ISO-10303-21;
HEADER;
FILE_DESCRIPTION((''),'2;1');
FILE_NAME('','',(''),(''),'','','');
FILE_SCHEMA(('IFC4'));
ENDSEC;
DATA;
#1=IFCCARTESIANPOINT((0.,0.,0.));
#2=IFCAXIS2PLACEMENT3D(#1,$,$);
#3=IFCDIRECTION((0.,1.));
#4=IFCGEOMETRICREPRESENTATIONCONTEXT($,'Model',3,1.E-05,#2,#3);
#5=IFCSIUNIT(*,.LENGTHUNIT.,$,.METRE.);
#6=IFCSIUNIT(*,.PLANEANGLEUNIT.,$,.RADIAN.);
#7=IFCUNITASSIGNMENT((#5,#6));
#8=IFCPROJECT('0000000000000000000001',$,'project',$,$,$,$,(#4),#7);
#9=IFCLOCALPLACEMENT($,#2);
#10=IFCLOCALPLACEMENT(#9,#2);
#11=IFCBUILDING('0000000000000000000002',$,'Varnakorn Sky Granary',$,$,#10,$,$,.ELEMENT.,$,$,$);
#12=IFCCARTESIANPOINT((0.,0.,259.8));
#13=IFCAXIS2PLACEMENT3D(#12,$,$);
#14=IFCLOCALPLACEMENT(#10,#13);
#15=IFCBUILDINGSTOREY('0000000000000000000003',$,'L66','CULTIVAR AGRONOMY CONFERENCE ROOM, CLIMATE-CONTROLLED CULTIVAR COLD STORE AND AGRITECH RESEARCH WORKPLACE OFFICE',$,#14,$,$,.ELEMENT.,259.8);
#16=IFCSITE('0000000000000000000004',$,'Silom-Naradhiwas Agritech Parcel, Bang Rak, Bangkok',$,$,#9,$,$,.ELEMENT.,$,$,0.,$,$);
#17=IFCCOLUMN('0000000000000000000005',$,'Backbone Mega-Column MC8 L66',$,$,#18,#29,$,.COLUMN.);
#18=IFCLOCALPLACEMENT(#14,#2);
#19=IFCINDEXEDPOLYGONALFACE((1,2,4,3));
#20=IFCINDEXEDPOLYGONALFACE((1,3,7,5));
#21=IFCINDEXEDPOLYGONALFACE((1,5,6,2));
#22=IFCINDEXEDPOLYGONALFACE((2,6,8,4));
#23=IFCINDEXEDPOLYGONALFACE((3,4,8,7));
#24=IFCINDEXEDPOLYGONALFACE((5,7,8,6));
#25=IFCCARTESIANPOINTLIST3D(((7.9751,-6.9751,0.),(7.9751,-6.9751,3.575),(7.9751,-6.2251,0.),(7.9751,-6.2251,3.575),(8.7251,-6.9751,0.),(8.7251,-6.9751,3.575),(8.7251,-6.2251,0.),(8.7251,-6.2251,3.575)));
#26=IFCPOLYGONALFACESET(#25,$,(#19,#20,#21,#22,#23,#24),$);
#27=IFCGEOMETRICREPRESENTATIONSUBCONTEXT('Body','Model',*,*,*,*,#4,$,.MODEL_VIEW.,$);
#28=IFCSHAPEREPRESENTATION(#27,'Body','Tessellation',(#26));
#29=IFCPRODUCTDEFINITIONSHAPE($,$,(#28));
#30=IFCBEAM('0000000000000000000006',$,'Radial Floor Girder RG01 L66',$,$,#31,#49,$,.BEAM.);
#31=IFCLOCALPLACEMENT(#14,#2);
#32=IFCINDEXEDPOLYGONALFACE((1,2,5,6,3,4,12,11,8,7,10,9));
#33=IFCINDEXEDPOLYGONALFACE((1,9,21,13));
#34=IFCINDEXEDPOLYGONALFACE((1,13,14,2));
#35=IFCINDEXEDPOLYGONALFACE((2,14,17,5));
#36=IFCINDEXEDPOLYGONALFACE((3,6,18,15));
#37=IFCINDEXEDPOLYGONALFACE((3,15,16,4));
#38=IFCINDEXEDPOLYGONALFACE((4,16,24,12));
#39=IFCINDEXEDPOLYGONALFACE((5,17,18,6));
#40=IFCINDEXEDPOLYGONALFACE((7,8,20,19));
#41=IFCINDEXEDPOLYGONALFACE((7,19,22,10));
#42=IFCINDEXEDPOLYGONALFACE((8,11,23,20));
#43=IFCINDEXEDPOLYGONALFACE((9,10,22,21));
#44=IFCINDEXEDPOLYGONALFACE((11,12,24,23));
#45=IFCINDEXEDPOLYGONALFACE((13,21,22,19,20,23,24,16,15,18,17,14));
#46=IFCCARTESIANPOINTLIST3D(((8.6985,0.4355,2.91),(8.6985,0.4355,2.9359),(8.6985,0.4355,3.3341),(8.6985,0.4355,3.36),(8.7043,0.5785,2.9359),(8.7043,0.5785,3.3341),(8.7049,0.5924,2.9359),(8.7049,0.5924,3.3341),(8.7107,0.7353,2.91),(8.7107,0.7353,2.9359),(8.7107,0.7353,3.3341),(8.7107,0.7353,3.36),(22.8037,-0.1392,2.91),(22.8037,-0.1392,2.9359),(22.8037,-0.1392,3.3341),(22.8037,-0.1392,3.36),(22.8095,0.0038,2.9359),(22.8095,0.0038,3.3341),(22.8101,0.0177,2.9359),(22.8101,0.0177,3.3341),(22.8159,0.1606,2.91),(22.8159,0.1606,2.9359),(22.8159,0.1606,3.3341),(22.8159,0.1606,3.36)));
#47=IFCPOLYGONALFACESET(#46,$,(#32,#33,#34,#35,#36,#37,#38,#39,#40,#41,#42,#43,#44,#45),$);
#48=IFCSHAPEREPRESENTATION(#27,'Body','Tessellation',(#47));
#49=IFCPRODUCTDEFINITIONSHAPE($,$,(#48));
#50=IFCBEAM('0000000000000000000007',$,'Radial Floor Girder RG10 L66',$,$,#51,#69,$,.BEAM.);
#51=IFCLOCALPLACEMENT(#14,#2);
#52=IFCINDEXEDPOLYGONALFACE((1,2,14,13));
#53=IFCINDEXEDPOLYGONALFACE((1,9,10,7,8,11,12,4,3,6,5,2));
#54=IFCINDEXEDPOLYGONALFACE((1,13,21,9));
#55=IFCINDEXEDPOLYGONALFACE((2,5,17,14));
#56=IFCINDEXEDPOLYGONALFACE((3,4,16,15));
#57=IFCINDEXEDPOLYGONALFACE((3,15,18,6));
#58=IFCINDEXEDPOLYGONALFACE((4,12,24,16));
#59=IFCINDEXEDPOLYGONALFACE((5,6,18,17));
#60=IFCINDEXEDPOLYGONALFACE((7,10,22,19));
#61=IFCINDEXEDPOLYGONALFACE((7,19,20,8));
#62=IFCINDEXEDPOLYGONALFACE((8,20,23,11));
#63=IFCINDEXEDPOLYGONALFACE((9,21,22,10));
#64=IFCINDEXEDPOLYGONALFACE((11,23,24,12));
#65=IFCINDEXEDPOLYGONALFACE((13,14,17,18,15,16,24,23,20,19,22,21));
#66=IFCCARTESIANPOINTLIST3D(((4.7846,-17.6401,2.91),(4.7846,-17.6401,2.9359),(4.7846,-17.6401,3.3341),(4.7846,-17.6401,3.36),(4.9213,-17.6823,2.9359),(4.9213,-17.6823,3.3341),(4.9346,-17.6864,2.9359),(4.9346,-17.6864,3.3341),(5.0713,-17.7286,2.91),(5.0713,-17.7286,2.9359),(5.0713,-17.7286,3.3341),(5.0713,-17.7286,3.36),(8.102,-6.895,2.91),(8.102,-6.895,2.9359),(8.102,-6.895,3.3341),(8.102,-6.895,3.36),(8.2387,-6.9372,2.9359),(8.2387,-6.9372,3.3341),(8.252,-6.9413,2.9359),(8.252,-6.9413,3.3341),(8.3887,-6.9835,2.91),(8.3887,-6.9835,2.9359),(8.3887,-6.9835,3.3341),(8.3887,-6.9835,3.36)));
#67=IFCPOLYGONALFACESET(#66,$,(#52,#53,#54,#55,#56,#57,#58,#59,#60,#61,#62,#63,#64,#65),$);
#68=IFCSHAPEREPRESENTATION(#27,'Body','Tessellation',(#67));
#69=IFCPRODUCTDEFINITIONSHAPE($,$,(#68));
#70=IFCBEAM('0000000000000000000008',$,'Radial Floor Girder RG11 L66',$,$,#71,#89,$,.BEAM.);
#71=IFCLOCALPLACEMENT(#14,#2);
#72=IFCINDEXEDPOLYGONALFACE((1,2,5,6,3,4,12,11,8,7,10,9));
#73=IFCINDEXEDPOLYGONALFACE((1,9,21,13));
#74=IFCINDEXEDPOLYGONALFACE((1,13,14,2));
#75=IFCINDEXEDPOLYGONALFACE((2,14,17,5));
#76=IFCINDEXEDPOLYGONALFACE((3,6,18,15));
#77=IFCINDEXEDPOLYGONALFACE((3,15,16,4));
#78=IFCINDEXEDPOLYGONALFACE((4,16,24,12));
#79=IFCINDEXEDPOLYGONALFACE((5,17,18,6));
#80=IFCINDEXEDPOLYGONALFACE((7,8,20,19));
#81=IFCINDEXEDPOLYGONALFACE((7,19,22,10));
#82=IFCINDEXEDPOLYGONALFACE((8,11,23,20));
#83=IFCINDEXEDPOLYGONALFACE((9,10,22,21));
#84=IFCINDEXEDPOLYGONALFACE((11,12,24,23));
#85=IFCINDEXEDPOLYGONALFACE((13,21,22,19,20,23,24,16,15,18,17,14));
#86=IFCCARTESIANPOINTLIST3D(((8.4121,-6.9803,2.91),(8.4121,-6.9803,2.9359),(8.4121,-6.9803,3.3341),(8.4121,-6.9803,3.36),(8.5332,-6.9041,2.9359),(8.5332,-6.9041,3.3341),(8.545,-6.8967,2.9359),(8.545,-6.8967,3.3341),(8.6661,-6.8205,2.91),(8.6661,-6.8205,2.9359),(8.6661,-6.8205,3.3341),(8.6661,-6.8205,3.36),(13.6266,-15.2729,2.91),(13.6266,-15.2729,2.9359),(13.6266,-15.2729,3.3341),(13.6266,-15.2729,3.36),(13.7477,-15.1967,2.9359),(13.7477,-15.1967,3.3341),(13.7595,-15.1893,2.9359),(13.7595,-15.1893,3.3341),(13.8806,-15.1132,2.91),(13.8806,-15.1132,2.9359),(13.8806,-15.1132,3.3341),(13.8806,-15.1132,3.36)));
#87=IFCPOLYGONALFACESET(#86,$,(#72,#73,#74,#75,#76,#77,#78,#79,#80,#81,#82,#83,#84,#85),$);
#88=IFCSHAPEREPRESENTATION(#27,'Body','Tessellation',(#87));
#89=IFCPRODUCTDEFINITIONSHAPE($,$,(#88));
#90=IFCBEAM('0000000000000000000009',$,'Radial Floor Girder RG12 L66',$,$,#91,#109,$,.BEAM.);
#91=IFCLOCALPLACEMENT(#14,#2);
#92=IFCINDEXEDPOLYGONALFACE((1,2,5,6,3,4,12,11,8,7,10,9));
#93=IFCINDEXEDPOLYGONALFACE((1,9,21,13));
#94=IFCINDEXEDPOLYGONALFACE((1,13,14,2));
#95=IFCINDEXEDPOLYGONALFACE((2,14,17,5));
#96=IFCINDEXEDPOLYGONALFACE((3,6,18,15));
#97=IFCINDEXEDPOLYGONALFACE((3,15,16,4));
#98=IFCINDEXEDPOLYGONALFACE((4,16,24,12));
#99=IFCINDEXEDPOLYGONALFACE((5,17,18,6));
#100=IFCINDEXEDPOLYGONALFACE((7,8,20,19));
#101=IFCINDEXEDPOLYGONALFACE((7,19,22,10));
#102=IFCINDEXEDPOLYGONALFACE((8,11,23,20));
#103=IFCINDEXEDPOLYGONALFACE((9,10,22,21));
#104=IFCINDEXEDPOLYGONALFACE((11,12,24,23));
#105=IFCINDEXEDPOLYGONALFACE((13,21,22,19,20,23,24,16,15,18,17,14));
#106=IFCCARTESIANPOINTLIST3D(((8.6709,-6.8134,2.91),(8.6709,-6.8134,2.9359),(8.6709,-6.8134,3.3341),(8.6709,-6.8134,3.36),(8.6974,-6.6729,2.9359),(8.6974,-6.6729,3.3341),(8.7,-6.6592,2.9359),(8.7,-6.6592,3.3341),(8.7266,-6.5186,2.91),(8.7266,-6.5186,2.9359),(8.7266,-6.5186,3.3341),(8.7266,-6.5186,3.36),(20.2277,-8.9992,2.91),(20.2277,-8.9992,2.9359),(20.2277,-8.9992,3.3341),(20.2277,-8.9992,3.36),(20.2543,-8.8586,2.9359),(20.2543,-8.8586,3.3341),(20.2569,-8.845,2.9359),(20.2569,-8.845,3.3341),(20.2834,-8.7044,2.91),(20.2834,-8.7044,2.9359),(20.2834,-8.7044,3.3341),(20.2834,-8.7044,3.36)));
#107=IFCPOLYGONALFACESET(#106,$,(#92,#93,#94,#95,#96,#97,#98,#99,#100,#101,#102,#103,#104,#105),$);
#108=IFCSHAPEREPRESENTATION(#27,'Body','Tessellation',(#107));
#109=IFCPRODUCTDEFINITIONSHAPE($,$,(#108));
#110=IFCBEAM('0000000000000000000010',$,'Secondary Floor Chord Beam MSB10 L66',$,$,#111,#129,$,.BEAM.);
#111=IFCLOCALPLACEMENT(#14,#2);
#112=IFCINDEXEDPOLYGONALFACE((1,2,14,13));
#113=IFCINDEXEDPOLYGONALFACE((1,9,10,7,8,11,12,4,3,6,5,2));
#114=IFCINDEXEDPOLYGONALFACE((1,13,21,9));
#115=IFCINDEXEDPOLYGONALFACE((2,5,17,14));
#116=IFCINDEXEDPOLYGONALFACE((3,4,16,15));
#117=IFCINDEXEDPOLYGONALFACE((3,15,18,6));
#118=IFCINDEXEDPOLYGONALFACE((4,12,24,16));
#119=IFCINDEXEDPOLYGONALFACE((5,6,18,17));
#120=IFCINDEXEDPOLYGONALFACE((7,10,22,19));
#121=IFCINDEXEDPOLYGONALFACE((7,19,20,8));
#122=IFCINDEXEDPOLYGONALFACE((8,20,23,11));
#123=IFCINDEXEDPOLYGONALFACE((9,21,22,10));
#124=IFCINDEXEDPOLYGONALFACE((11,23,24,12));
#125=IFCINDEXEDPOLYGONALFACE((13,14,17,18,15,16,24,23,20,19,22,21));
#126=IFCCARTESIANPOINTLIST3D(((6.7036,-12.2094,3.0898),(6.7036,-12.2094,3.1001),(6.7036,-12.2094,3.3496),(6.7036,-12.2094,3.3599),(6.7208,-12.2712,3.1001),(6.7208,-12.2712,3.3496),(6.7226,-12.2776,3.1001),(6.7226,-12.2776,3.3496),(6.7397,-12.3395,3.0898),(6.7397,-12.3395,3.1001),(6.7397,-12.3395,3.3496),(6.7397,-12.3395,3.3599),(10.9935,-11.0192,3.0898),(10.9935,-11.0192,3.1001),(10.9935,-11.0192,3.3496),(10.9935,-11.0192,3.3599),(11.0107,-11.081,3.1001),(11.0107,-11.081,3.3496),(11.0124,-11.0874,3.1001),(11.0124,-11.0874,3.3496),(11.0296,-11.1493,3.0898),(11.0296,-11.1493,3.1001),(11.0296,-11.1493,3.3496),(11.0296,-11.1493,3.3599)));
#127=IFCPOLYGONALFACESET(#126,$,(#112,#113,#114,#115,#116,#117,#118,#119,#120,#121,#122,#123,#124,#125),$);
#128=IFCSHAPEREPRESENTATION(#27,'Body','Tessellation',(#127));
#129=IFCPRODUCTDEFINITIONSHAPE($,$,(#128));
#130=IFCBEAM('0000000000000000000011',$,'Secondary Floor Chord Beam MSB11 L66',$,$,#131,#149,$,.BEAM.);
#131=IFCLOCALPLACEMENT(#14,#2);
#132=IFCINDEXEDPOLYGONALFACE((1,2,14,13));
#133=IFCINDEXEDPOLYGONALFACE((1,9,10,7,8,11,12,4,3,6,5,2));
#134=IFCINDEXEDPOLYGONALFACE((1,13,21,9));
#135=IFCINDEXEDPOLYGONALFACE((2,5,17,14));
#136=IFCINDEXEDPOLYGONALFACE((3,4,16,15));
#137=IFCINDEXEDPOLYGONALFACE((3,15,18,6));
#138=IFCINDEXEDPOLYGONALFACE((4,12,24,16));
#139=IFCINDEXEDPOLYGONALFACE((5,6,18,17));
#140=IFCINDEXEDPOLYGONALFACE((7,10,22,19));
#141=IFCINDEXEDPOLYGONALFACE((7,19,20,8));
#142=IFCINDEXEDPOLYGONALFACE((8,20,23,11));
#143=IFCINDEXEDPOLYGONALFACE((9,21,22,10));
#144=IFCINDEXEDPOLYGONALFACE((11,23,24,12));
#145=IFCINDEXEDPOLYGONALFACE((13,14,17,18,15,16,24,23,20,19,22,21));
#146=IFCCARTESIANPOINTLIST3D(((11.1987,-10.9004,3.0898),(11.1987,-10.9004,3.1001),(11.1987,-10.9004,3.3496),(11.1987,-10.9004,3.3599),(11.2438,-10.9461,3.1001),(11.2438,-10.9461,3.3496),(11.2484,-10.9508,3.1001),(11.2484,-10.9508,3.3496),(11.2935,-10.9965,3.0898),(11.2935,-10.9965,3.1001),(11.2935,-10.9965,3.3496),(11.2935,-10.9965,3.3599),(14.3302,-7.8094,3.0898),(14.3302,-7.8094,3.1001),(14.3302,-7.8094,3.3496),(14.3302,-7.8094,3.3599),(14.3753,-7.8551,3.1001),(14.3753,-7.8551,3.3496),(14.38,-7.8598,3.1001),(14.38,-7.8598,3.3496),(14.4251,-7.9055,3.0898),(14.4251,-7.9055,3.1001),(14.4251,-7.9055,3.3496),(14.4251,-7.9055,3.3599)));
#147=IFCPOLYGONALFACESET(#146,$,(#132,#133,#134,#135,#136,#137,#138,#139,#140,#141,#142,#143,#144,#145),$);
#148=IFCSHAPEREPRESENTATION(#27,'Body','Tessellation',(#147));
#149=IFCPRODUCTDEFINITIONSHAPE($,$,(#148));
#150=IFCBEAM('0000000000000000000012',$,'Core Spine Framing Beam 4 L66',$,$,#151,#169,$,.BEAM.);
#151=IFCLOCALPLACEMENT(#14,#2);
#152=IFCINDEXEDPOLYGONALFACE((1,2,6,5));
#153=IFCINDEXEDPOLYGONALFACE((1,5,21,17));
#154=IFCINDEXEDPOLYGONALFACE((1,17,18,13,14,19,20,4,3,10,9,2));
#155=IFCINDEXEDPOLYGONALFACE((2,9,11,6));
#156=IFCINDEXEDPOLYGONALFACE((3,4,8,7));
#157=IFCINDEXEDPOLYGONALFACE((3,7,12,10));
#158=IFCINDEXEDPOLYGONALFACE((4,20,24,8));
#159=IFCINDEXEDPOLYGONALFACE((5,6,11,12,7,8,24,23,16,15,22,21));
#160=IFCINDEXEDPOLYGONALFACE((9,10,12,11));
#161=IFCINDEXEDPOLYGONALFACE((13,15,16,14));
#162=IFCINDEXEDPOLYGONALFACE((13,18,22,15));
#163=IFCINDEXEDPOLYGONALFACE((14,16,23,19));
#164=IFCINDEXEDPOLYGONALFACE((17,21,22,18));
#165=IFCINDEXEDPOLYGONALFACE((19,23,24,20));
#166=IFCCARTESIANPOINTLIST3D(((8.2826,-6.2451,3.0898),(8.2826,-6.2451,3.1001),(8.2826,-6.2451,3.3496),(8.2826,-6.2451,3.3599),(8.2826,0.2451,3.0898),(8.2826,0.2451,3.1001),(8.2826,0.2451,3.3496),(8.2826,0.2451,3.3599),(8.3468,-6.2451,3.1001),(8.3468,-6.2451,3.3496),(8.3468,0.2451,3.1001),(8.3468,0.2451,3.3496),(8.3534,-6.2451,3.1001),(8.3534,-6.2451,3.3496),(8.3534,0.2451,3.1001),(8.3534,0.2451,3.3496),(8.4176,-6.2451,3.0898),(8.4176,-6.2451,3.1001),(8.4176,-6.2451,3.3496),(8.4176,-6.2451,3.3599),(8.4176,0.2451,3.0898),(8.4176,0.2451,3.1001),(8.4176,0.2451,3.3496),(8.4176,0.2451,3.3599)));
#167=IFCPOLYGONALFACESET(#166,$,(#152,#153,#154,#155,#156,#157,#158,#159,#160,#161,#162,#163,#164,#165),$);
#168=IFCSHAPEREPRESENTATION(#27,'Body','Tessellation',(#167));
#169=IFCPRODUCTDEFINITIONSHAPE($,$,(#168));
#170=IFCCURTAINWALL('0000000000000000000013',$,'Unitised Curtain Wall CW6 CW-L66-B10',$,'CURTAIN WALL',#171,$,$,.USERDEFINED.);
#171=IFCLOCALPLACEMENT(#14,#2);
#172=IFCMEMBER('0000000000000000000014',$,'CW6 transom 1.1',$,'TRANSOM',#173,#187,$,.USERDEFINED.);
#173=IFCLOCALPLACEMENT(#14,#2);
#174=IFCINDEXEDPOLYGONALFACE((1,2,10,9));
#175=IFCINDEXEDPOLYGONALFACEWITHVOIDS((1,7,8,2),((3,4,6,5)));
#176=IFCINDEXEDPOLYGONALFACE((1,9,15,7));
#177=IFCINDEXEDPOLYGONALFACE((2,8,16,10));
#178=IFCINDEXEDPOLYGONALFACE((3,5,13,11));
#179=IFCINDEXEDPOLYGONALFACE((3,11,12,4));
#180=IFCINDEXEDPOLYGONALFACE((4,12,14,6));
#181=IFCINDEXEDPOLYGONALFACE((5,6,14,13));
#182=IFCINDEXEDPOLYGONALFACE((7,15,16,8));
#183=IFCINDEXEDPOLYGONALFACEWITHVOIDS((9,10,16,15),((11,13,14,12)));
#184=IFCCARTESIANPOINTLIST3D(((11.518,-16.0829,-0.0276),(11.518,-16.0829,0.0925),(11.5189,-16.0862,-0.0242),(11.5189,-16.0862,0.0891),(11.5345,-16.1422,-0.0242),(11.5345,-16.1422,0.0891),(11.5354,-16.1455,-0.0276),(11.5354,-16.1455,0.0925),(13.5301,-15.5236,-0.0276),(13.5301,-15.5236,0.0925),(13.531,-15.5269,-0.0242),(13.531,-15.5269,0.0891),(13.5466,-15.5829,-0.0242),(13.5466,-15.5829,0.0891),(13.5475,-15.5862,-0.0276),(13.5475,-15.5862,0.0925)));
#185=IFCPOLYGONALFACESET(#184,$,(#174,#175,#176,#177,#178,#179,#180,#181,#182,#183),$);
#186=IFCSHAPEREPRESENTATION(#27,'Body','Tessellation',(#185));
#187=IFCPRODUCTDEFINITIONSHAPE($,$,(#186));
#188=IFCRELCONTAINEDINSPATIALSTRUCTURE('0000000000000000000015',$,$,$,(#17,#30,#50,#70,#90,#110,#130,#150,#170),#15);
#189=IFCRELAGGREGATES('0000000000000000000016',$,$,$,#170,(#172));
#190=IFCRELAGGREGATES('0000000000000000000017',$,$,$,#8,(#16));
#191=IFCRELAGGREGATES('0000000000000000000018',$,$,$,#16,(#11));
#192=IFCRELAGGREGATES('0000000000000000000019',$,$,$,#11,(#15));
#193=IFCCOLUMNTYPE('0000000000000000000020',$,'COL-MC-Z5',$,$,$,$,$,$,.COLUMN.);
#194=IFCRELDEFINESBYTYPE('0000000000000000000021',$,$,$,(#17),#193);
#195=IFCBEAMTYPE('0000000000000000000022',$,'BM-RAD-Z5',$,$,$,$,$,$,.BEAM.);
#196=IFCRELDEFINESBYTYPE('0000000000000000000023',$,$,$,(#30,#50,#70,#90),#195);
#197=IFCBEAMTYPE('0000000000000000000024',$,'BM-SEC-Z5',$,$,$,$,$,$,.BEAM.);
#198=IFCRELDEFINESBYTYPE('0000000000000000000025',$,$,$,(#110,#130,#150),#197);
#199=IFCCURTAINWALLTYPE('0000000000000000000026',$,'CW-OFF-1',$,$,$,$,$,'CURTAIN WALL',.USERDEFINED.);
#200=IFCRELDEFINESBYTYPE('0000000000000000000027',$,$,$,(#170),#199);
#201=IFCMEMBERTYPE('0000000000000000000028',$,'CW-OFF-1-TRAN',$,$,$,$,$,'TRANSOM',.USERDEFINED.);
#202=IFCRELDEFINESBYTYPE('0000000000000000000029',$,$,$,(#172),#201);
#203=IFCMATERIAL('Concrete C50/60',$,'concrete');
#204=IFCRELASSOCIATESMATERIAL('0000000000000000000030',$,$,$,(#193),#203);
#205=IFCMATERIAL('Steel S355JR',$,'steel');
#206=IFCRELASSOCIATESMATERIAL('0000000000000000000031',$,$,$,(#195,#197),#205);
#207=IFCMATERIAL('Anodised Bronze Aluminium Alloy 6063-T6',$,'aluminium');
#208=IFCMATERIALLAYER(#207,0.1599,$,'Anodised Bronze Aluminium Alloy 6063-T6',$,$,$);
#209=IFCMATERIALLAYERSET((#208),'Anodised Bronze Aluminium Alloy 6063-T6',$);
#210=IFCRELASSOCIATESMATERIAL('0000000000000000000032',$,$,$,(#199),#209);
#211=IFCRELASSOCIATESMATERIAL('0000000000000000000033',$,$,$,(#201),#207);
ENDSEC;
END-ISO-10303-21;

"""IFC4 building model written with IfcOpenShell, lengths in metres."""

from ifc_helpers import new_model, si_unit, direction, frame, origin, origin_2d, place, context, subcontext, project, spatial, rectangle, hollow_rectangle, i_section, extrude, material, layer, layer_set, material_profile, profile_set, type_object, element, aggregate, save


model = new_model("IFC4")

# Units and contexts
model_context = context("Model", 3, precision=1e-05, world=origin(), true_north=direction((0.0, 1.0)))
body_context = subcontext(model_context, "Body", "Model", "MODEL_VIEW")
ifc_project = project(units=[si_unit("LENGTHUNIT", "METRE"), si_unit("PLANEANGLEUNIT", "RADIAN")], contexts=[model_context])

# Site, building, storey
site_placement = place(None, origin())
site = spatial("IfcSite", under=ifc_project, at=site_placement, Name="Silom-Naradhiwas Agritech Parcel, Bang Rak, Bangkok", CompositionType="ELEMENT", RefElevation=0.0)
building_placement = place(site_placement, origin())
building = spatial("IfcBuilding", under=site, at=building_placement, Name="Varnakorn Sky Granary", CompositionType="ELEMENT")
storey_placement = place(building_placement, frame((0.0, 0.0, 259.8)))
storey = spatial("IfcBuildingStorey", under=building, at=storey_placement, Name="L66", Description="CULTIVAR AGRONOMY CONFERENCE ROOM, CLIMATE-CONTROLLED CULTIVAR COLD STORE AND AGRITECH RESEARCH WORKPLACE OFFICE", CompositionType="ELEMENT", Elevation=259.8)

# Column
ifc_material_1 = material(Name="Concrete C50/60", Category="concrete")
ifc_material_profile_1 = material_profile(ifc_material_1, rectangle(XDim=0.75, YDim=0.75, at=origin_2d()), Name="RC 750x750")
ifc_profile_set_1 = profile_set([ifc_material_profile_1], Name="Concrete C50/60")
column_type = type_object("IfcColumnType", Name="COL-MC-Z5", PredefinedType="COLUMN", material=ifc_profile_set_1)
column_placement = place(storey_placement, frame((8.3501, -6.6001, 0.0), z_axis=(0.0, 0.0, 1.0), x_axis=(1.0, 0.0, 0.0)))
element("IfcColumn", 1, at=column_placement, inside=storey, type_object=column_type, Name="Backbone Mega-Column MC8 L66", PredefinedType="COLUMN", context=body_context, shape_type="SweptSolid", body=[
    extrude(rectangle(XDim=0.75, YDim=0.75, at=origin_2d()), origin(), (0.0, 0.0, 1.0), 3.575),
])

# Beams
ifc_material_2 = material(Name="Steel S355JR", Category="steel")
ifc_material_profile_2 = material_profile(ifc_material_2, i_section(OverallWidth=0.3, OverallDepth=0.45, WebThickness=0.0139, FlangeThickness=0.0259, at=origin_2d()), Name="HE 450 B")
ifc_profile_set_2 = profile_set([ifc_material_profile_2], Name="Steel S355JR")
beam_type_1 = type_object("IfcBeamType", Name="BM-RAD-Z5", PredefinedType="BEAM", material=ifc_profile_set_2)
beam_1_placement = place(storey_placement, frame((8.7046, 0.5854, 3.135), z_axis=(0.999171, -0.04071, 0.0), x_axis=(0.04071, 0.999171, 0.0)))
element("IfcBeam", 2, at=beam_1_placement, inside=storey, type_object=beam_type_1, Name="Radial Floor Girder RG01 L66", PredefinedType="BEAM", context=body_context, shape_type="SweptSolid", body=[
    extrude(i_section(OverallWidth=0.3, OverallDepth=0.45, WebThickness=0.0139, FlangeThickness=0.0259, at=origin_2d()), origin(), (0.0, 0.0, 1.0), 14.1169),
])
beam_2_placement = place(storey_placement, frame((8.2454, -6.9392, 3.135), z_axis=(-0.294995, -0.955499, 0.0), x_axis=(0.955499, -0.294995, 0.0)))
element("IfcBeam", 3, at=beam_2_placement, inside=storey, type_object=beam_type_1, Name="Radial Floor Girder RG10 L66", PredefinedType="BEAM", context=body_context, shape_type="SweptSolid", body=[
    extrude(i_section(OverallWidth=0.3, OverallDepth=0.45, WebThickness=0.0139, FlangeThickness=0.0259, at=origin_2d()), origin(), (0.0, 0.0, 1.0), 11.2456),
])
beam_3_placement = place(storey_placement, frame((8.5391, -6.9004, 3.135), z_axis=(0.53232, -0.846543, 0.0), x_axis=(0.846543, 0.53232, 0.0)))
element("IfcBeam", 4, at=beam_3_placement, inside=storey, type_object=beam_type_1, Name="Radial Floor Girder RG11 L66", PredefinedType="BEAM", context=body_context, shape_type="SweptSolid", body=[
    extrude(i_section(OverallWidth=0.3, OverallDepth=0.45, WebThickness=0.0139, FlangeThickness=0.0259, at=origin_2d()), origin(), (0.0, 0.0, 1.0), 9.7959),
])
beam_4_placement = place(storey_placement, frame((8.6987, -6.666, 3.135), z_axis=(0.98258, -0.185839, 0.0), x_axis=(0.185839, 0.98258, 0.0)))
element("IfcBeam", 5, at=beam_4_placement, inside=storey, type_object=beam_type_1, Name="Radial Floor Girder RG12 L66", PredefinedType="BEAM", context=body_context, shape_type="SweptSolid", body=[
    extrude(i_section(OverallWidth=0.3, OverallDepth=0.45, WebThickness=0.0139, FlangeThickness=0.0259, at=origin_2d()), origin(), (0.0, 0.0, 1.0), 11.7617),
])
ifc_material_profile_3 = material_profile(ifc_material_2, i_section(OverallWidth=0.135, OverallDepth=0.27, WebThickness=0.0066, FlangeThickness=0.0103, at=origin_2d()), Name="IPE 270")
ifc_profile_set_3 = profile_set([ifc_material_profile_3], Name="Steel S355JR")
beam_type_2 = type_object("IfcBeamType", Name="BM-SEC-Z5", PredefinedType="BEAM", material=ifc_profile_set_3)
beam_5_placement = place(storey_placement, frame((6.7217, -12.2744, 3.2249), z_axis=(0.9636, 0.267347, 0.0), x_axis=(-0.267347, 0.9636, 0.0)))
element("IfcBeam", 6, at=beam_5_placement, inside=storey, type_object=beam_type_2, Name="Secondary Floor Chord Beam MSB10 L66", PredefinedType="BEAM", context=body_context, shape_type="SweptSolid", body=[
    extrude(i_section(OverallWidth=0.135, OverallDepth=0.27, WebThickness=0.0066, FlangeThickness=0.0103, at=origin_2d()), origin(), (0.0, 0.0, 1.0), 4.4519),
])
beam_6_placement = place(storey_placement, frame((11.2461, -10.9485, 3.2249), z_axis=(0.711697, 0.702487, 0.0), x_axis=(-0.702487, 0.711697, 0.0)))
element("IfcBeam", 7, at=beam_6_placement, inside=storey, type_object=beam_type_2, Name="Secondary Floor Chord Beam MSB11 L66", PredefinedType="BEAM", context=body_context, shape_type="SweptSolid", body=[
    extrude(i_section(OverallWidth=0.135, OverallDepth=0.27, WebThickness=0.0066, FlangeThickness=0.0103, at=origin_2d()), origin(), (0.0, 0.0, 1.0), 4.4001),
])
beam_7_placement = place(storey_placement, frame((8.3501, 0.2451, 3.2249), z_axis=(0.0, -1.0, 0.0), x_axis=(1.0, 0.0, 0.0)))
element("IfcBeam", 8, at=beam_7_placement, inside=storey, type_object=beam_type_2, Name="Core Spine Framing Beam 4 L66", PredefinedType="BEAM", context=body_context, shape_type="SweptSolid", body=[
    extrude(i_section(OverallWidth=0.135, OverallDepth=0.27, WebThickness=0.0066, FlangeThickness=0.0103, at=origin_2d()), origin(), (0.0, 0.0, 1.0), 6.4902),
])

# Curtain wall, member
ifc_material_3 = material(Name="Anodised Bronze Aluminium Alloy 6063-T6", Category="aluminium")
ifc_layer_1 = layer(ifc_material_3, 0.1599, Name="Anodised Bronze Aluminium Alloy 6063-T6")
ifc_layer_set_1 = layer_set([ifc_layer_1], Name="Anodised Bronze Aluminium Alloy 6063-T6")
curtain_wall_type = type_object("IfcCurtainWallType", Name="CW-OFF-1", ElementType="CURTAIN WALL", PredefinedType="USERDEFINED", material=ifc_layer_set_1)
curtain_wall_placement = place(storey_placement, origin())
curtain_wall = element("IfcCurtainWall", 9, at=curtain_wall_placement, inside=storey, type_object=curtain_wall_type, Name="Unitised Curtain Wall CW6 CW-L66-B10", ObjectType="CURTAIN WALL", PredefinedType="USERDEFINED")
ifc_material_profile_4 = material_profile(ifc_material_3, hollow_rectangle(XDim=0.0649, YDim=0.1201, WallThickness=0.0034, at=origin_2d()), Name="ALU TRAN 65x120")
ifc_profile_set_4 = profile_set([ifc_material_profile_4], Name="Anodised Bronze Aluminium Alloy 6063-T6")
member_type = type_object("IfcMemberType", Name="CW-OFF-1-TRAN", ElementType="TRANSOM", PredefinedType="USERDEFINED", material=ifc_profile_set_4)
member_1_placement = place(storey_placement, frame((13.5388, -15.5549, 0.0325), z_axis=(-0.963471, -0.267813, 0.0), x_axis=(0.267813, -0.963471, 0.0)))
member_1 = element("IfcMember", 10, at=member_1_placement, type_object=member_type, Name="CW6 transom 1.1", ObjectType="TRANSOM", PredefinedType="USERDEFINED", context=body_context, shape_type="SweptSolid", body=[
    extrude(hollow_rectangle(XDim=0.0649, YDim=0.1201, WallThickness=0.0034, at=origin_2d()), origin(), (0.0, 0.0, 1.0), 2.0884),
])
aggregate(curtain_wall, [member_1])

save(model, "model.ifc")
